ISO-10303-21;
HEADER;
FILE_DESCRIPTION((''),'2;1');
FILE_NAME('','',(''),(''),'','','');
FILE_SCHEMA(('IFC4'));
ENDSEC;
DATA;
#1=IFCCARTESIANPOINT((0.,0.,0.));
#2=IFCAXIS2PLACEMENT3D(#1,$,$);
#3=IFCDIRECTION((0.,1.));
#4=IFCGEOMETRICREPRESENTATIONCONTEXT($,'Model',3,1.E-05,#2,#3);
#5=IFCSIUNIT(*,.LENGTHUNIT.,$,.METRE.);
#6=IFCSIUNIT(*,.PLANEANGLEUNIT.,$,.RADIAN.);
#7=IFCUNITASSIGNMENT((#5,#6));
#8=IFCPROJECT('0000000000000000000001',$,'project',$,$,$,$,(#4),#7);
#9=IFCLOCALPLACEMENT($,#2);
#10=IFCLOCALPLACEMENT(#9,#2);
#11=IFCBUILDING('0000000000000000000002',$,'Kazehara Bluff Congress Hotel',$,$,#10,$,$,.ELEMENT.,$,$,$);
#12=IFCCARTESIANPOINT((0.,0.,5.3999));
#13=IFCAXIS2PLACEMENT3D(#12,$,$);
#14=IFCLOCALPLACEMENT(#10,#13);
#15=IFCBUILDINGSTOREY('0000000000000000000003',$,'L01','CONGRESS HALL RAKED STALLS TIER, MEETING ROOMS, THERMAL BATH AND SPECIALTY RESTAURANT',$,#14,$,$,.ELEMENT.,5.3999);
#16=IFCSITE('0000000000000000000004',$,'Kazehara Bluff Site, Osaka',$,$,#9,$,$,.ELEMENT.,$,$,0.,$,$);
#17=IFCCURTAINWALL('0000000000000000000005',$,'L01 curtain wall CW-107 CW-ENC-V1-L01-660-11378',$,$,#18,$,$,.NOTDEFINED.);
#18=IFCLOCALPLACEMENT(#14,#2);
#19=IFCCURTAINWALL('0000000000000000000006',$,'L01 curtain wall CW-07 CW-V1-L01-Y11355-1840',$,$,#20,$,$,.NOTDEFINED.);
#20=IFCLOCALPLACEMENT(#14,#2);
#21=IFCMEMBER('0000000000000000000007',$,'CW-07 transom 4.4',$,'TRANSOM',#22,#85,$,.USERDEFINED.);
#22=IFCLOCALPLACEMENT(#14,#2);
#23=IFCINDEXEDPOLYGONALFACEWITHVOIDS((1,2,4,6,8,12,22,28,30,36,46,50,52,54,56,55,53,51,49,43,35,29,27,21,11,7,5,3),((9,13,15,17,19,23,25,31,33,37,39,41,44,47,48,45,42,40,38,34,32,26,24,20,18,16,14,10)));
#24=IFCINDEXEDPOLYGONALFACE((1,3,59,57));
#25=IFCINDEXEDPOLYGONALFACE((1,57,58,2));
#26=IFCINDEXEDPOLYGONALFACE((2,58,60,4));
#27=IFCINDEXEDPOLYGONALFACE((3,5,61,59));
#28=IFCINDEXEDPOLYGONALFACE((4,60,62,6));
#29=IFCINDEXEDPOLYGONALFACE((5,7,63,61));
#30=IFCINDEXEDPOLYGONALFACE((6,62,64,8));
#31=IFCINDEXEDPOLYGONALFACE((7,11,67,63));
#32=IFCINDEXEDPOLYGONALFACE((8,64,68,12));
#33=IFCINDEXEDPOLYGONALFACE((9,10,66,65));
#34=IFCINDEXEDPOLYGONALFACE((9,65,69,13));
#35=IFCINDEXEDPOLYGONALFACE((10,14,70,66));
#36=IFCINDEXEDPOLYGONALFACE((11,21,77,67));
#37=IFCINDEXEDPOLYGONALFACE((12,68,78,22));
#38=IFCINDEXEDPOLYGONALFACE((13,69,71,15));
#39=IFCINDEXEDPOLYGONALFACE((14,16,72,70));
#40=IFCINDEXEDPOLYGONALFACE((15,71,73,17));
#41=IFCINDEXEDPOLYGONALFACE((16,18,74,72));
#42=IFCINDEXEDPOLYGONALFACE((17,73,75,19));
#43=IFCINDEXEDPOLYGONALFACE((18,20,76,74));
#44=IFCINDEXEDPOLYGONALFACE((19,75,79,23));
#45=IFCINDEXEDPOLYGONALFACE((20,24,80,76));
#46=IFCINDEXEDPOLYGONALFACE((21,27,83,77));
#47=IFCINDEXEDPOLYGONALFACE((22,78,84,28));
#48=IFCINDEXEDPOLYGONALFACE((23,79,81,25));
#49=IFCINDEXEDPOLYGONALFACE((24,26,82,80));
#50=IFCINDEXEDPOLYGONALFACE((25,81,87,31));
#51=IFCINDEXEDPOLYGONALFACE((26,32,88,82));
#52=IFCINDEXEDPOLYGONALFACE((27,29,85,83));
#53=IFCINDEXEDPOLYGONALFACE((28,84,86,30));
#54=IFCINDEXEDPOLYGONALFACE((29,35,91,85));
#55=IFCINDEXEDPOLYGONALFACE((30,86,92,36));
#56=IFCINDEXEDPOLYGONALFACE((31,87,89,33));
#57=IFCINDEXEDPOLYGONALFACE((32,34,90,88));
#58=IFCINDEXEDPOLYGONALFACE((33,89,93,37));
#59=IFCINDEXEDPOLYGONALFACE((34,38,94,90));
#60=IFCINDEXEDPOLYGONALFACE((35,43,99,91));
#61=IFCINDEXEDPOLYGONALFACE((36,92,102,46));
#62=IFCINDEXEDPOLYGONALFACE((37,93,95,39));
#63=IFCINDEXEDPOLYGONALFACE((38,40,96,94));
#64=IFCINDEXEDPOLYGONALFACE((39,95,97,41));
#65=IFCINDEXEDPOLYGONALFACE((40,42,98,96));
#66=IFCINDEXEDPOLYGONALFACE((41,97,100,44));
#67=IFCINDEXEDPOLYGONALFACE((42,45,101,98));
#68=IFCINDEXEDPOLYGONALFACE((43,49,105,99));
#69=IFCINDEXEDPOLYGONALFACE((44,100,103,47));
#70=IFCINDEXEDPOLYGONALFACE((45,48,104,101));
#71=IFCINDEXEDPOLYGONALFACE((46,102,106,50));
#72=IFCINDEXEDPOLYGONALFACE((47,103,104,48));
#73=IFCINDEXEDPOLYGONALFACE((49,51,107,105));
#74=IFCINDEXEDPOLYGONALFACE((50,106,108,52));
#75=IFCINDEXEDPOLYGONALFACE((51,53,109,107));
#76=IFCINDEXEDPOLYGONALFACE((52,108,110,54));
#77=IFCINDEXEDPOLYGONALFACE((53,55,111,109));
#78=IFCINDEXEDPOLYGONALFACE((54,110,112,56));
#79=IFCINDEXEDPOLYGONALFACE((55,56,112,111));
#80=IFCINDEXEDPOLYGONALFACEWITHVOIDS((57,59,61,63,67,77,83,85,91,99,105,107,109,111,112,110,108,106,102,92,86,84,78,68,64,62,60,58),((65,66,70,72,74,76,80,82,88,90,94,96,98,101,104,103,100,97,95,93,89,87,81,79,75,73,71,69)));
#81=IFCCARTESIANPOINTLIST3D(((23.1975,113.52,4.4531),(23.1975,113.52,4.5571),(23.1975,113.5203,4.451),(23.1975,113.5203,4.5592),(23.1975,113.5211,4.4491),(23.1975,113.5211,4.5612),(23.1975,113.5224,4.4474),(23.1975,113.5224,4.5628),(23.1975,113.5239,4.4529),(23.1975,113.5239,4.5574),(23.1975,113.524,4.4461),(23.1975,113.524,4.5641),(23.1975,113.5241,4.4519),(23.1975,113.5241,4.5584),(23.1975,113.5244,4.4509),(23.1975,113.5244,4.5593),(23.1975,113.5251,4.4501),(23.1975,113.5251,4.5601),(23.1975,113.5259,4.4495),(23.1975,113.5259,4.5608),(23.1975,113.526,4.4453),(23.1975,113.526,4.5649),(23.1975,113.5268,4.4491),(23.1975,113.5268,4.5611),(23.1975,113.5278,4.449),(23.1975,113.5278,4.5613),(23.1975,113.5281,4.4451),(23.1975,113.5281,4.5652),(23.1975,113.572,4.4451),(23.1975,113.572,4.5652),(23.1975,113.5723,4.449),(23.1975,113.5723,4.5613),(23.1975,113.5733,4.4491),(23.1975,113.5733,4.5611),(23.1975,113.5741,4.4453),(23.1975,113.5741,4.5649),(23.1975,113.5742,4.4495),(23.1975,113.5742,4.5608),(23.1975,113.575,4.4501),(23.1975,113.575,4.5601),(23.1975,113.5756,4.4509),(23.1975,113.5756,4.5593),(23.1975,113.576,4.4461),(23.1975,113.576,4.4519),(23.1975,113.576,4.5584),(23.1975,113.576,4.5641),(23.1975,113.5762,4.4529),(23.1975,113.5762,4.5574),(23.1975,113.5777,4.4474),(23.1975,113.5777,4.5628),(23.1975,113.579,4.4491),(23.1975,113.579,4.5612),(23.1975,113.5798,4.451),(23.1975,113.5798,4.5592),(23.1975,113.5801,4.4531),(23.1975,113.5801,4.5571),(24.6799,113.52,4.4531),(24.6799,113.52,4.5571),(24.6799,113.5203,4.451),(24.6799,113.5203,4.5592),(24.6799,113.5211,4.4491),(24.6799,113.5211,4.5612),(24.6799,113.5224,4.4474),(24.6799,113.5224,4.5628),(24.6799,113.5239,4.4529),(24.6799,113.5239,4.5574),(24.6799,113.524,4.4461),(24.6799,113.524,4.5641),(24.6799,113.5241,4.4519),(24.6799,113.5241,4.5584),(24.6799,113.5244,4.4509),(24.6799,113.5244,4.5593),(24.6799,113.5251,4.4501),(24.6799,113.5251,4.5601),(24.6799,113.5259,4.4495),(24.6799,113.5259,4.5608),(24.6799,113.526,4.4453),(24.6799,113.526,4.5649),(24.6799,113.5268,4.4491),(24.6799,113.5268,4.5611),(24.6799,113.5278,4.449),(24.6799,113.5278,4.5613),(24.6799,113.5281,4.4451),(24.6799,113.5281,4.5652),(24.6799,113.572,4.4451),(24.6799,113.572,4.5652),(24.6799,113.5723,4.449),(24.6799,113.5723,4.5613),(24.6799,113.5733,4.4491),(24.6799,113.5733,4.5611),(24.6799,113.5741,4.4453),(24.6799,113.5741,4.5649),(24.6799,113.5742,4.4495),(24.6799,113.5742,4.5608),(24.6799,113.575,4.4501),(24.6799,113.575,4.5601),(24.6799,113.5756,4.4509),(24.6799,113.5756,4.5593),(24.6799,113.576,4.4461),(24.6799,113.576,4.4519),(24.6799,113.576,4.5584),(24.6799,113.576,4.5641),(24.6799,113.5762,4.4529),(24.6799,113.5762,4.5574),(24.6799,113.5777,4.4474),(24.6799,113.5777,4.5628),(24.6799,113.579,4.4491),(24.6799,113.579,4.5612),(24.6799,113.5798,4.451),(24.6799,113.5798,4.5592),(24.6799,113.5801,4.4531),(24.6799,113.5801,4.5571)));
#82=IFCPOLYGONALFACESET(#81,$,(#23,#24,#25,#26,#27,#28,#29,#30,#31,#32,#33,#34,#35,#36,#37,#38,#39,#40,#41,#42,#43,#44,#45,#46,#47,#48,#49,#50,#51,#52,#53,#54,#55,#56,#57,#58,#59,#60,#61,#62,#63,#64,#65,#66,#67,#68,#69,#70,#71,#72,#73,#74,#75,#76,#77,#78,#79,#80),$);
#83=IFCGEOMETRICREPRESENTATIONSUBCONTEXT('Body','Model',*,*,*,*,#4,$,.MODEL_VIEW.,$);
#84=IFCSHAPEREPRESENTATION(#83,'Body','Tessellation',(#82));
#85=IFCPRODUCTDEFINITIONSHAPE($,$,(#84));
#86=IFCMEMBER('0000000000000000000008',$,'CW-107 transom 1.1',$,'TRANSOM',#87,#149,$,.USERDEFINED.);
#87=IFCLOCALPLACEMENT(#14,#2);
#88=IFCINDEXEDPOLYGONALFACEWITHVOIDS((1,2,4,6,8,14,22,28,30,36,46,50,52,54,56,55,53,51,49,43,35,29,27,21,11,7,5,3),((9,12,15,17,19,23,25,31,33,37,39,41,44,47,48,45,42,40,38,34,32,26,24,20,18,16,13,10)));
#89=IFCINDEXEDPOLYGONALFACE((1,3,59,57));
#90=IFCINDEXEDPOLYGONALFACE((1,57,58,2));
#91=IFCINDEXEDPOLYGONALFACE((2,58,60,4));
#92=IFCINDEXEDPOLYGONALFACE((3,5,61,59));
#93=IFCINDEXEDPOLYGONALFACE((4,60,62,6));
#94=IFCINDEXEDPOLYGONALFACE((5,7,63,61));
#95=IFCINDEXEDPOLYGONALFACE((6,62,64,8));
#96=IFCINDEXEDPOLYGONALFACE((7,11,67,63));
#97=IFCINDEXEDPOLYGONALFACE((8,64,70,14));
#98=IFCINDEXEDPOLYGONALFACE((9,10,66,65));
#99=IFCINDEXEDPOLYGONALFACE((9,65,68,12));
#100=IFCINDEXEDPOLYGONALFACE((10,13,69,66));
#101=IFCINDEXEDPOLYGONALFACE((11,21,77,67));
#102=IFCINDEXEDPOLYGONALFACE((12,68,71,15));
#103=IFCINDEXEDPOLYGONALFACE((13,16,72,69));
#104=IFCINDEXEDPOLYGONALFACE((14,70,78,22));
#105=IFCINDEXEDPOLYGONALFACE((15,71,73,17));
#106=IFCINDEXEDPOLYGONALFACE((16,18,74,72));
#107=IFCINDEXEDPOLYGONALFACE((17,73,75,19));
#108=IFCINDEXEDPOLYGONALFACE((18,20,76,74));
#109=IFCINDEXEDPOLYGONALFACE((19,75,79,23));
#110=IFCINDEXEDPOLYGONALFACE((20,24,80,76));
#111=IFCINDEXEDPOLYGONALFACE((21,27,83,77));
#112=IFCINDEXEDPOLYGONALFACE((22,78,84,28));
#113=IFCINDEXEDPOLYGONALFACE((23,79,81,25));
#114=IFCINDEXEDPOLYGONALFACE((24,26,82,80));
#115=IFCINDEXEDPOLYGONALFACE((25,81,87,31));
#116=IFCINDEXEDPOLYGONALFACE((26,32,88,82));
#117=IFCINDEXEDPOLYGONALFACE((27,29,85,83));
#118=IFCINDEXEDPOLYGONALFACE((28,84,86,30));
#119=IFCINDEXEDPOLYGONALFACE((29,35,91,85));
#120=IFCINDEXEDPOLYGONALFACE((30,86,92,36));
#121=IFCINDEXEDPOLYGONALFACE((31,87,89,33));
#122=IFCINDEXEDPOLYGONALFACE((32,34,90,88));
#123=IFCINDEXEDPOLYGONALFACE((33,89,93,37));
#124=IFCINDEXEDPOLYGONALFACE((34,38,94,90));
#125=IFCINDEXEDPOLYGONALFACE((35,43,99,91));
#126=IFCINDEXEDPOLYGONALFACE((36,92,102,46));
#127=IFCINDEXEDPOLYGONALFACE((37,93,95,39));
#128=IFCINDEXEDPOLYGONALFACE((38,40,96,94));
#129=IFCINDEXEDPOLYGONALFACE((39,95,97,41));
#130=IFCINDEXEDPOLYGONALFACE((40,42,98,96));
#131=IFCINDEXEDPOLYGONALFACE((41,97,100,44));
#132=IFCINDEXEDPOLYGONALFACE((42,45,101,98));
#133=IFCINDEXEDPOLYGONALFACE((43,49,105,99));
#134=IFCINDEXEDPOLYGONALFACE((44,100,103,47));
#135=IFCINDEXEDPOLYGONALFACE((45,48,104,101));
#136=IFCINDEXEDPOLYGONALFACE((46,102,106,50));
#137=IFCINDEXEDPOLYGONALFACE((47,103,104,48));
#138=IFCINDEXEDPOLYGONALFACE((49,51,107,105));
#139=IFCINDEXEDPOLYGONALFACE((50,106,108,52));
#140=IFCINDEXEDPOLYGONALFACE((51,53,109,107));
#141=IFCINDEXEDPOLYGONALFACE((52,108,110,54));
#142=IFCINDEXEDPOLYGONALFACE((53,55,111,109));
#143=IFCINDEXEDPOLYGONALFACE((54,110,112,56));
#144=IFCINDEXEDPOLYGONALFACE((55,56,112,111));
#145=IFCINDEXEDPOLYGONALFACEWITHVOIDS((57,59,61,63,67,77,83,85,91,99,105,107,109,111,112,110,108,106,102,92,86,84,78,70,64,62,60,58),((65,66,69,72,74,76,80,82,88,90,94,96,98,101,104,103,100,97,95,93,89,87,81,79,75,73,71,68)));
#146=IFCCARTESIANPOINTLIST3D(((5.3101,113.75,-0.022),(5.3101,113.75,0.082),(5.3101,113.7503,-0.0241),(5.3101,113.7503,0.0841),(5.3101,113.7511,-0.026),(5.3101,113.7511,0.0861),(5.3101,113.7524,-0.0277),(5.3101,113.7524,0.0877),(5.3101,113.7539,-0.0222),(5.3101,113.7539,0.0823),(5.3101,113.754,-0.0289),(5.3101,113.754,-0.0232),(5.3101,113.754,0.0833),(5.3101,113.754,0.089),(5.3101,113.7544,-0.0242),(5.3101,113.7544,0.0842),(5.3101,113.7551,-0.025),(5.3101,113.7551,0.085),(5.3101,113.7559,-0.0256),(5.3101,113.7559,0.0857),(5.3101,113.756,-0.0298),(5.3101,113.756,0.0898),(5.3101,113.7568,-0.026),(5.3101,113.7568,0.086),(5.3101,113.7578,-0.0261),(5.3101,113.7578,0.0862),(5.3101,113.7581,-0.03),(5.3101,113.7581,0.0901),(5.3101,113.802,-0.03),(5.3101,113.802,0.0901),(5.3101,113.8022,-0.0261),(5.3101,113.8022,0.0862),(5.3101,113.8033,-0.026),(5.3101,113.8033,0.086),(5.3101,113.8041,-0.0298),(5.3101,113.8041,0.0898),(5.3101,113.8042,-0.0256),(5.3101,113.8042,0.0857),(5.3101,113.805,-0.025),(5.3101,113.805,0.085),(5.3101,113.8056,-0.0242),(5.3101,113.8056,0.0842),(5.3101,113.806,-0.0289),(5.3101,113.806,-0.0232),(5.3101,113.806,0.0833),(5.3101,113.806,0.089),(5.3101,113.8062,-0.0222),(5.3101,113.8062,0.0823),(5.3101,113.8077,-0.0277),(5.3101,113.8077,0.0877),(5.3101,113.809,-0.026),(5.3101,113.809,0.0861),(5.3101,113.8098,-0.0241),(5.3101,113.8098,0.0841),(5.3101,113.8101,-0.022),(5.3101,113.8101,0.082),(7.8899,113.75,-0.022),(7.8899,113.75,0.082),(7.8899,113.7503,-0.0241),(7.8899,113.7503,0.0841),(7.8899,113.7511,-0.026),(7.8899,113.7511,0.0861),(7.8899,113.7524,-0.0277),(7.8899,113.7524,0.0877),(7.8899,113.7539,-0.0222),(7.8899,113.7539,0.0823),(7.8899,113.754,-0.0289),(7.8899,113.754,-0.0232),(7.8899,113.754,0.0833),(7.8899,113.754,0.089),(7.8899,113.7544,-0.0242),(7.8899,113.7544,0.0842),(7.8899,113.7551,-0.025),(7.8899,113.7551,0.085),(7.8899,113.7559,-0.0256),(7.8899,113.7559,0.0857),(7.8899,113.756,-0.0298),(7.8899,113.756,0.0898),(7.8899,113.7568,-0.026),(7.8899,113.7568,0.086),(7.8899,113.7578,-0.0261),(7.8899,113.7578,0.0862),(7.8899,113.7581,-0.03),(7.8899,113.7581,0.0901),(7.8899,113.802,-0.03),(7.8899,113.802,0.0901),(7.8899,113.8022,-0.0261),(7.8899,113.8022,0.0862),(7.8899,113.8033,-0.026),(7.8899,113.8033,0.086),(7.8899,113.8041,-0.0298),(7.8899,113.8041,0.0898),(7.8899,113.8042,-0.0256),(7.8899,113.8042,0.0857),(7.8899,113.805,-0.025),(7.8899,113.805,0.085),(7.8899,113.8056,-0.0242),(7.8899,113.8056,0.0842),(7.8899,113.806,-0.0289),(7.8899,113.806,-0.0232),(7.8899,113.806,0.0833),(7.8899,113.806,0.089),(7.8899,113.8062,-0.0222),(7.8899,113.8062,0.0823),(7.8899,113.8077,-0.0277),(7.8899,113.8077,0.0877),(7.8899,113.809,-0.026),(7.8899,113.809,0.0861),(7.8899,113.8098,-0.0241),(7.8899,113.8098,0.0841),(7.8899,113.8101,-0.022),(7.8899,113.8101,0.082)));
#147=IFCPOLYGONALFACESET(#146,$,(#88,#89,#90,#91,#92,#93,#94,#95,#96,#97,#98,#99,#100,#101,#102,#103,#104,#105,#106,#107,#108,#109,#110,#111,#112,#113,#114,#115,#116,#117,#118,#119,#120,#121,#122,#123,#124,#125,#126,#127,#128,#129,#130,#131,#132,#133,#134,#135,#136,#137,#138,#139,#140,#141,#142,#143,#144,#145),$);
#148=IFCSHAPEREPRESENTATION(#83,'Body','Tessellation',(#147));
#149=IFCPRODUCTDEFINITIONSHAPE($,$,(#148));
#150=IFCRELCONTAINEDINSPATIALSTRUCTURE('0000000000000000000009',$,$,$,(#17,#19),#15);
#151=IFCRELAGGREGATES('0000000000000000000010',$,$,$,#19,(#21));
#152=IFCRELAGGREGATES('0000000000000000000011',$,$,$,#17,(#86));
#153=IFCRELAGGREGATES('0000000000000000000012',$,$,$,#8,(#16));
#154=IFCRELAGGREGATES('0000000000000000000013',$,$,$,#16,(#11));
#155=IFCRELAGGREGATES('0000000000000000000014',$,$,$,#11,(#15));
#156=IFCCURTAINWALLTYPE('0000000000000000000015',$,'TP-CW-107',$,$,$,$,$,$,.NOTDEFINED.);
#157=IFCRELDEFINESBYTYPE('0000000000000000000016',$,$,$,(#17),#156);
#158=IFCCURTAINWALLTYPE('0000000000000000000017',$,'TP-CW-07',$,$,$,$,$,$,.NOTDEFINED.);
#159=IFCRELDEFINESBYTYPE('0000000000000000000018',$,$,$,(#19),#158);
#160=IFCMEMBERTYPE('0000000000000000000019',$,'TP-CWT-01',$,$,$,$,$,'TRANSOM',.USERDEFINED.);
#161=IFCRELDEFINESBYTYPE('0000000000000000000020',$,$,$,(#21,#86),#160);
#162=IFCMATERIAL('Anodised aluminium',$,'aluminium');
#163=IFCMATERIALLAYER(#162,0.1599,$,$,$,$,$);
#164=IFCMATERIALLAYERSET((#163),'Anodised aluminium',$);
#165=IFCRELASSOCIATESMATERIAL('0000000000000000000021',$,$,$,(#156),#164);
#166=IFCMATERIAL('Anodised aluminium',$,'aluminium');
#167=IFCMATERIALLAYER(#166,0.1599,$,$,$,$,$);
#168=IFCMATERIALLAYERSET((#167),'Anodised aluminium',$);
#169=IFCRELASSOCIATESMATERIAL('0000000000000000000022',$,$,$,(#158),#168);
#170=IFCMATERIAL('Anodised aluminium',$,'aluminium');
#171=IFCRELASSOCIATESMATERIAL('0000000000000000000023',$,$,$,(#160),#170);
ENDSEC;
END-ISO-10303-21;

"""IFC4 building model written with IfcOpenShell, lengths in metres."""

from ifc_helpers import new_model, si_unit, direction, frame, origin, origin_2d, place, context, subcontext, project, spatial, hollow_rectangle, extrude, material, layer, layer_set, material_profile, profile_set, type_object, element, aggregate, save


model = new_model("IFC4")

# Units and contexts
model_context = context("Model", 3, precision=1e-05, world=origin(), true_north=direction((0.0, 1.0)))
body_context = subcontext(model_context, "Body", "Model", "MODEL_VIEW")
ifc_project = project(units=[si_unit("LENGTHUNIT", "METRE"), si_unit("PLANEANGLEUNIT", "RADIAN")], contexts=[model_context])

# Site, building, storey
site_placement = place(None, origin())
site = spatial("IfcSite", under=ifc_project, at=site_placement, Name="Kazehara Bluff Site, Osaka", CompositionType="ELEMENT", RefElevation=0.0)
building_placement = place(site_placement, origin())
building = spatial("IfcBuilding", under=site, at=building_placement, Name="Kazehara Bluff Congress Hotel", CompositionType="ELEMENT")
storey_placement = place(building_placement, frame((0.0, 0.0, 5.3999)))
storey = spatial("IfcBuildingStorey", under=building, at=storey_placement, Name="L01", Description="CONGRESS HALL RAKED STALLS TIER, MEETING ROOMS, THERMAL BATH AND SPECIALTY RESTAURANT", CompositionType="ELEMENT", Elevation=5.3999)

# Curtain wall
ifc_material_1 = material(Name="Anodised aluminium", Category="aluminium")
ifc_layer_1 = layer(ifc_material_1, 0.1599)
ifc_layer_set_1 = layer_set([ifc_layer_1], Name="Anodised aluminium")
curtain_wall_type_1 = type_object("IfcCurtainWallType", Name="TP-CW-107", PredefinedType="NOTDEFINED", material=ifc_layer_set_1)
curtain_wall_1_placement = place(storey_placement, origin())
curtain_wall_1 = element("IfcCurtainWall", 1, at=curtain_wall_1_placement, inside=storey, type_object=curtain_wall_type_1, Name="L01 curtain wall CW-107 CW-ENC-V1-L01-660-11378", PredefinedType="NOTDEFINED")

# Curtain wall, member
ifc_material_2 = material(Name="Anodised aluminium", Category="aluminium")
ifc_layer_2 = layer(ifc_material_2, 0.1599)
ifc_layer_set_2 = layer_set([ifc_layer_2], Name="Anodised aluminium")
curtain_wall_type_2 = type_object("IfcCurtainWallType", Name="TP-CW-07", PredefinedType="NOTDEFINED", material=ifc_layer_set_2)
curtain_wall_2_placement = place(storey_placement, origin())
curtain_wall_2 = element("IfcCurtainWall", 2, at=curtain_wall_2_placement, inside=storey, type_object=curtain_wall_type_2, Name="L01 curtain wall CW-07 CW-V1-L01-Y11355-1840", PredefinedType="NOTDEFINED")
ifc_material_3 = material(Name="Anodised aluminium", Category="aluminium")
ifc_material_profile_1 = material_profile(ifc_material_3, hollow_rectangle(XDim=0.0601, YDim=0.1201, WallThickness=0.0039, InnerFilletRadius=0.0039, OuterFilletRadius=0.0081, at=origin_2d()))
ifc_profile_set_1 = profile_set([ifc_material_profile_1], Name="Anodised aluminium")
member_type_1 = type_object("IfcMemberType", Name="TP-CWT-01", ElementType="TRANSOM", PredefinedType="USERDEFINED", material=ifc_profile_set_1)
member_1_placement = place(storey_placement, frame((23.1975, 113.55, 4.5051), z_axis=(1.0, 0.0, 0.0), x_axis=(0.0, 1.0, 0.0)))
member_1 = element("IfcMember", 3, at=member_1_placement, type_object=member_type_1, Name="CW-07 transom 4.4", ObjectType="TRANSOM", PredefinedType="USERDEFINED", context=body_context, shape_type="SweptSolid", body=[
    extrude(hollow_rectangle(XDim=0.0601, YDim=0.1201, WallThickness=0.0039, InnerFilletRadius=0.0039, OuterFilletRadius=0.0081, at=origin_2d()), origin(), (0.0, 0.0, 1.0), 1.4824),
])

# Member
member_2_placement = place(storey_placement, frame((5.3101, 113.78, 0.03), z_axis=(1.0, 0.0, 0.0), x_axis=(0.0, 1.0, 0.0)))
member_2 = element("IfcMember", 4, at=member_2_placement, type_object=member_type_1, Name="CW-107 transom 1.1", ObjectType="TRANSOM", PredefinedType="USERDEFINED", context=body_context, shape_type="SweptSolid", body=[
    extrude(hollow_rectangle(XDim=0.0601, YDim=0.1201, WallThickness=0.0039, InnerFilletRadius=0.0039, OuterFilletRadius=0.0081, at=origin_2d()), origin(), (0.0, 0.0, 1.0), 2.5798),
])

aggregate(curtain_wall_2, [member_1])
aggregate(curtain_wall_1, [member_2])

save(model, "model.ifc")
